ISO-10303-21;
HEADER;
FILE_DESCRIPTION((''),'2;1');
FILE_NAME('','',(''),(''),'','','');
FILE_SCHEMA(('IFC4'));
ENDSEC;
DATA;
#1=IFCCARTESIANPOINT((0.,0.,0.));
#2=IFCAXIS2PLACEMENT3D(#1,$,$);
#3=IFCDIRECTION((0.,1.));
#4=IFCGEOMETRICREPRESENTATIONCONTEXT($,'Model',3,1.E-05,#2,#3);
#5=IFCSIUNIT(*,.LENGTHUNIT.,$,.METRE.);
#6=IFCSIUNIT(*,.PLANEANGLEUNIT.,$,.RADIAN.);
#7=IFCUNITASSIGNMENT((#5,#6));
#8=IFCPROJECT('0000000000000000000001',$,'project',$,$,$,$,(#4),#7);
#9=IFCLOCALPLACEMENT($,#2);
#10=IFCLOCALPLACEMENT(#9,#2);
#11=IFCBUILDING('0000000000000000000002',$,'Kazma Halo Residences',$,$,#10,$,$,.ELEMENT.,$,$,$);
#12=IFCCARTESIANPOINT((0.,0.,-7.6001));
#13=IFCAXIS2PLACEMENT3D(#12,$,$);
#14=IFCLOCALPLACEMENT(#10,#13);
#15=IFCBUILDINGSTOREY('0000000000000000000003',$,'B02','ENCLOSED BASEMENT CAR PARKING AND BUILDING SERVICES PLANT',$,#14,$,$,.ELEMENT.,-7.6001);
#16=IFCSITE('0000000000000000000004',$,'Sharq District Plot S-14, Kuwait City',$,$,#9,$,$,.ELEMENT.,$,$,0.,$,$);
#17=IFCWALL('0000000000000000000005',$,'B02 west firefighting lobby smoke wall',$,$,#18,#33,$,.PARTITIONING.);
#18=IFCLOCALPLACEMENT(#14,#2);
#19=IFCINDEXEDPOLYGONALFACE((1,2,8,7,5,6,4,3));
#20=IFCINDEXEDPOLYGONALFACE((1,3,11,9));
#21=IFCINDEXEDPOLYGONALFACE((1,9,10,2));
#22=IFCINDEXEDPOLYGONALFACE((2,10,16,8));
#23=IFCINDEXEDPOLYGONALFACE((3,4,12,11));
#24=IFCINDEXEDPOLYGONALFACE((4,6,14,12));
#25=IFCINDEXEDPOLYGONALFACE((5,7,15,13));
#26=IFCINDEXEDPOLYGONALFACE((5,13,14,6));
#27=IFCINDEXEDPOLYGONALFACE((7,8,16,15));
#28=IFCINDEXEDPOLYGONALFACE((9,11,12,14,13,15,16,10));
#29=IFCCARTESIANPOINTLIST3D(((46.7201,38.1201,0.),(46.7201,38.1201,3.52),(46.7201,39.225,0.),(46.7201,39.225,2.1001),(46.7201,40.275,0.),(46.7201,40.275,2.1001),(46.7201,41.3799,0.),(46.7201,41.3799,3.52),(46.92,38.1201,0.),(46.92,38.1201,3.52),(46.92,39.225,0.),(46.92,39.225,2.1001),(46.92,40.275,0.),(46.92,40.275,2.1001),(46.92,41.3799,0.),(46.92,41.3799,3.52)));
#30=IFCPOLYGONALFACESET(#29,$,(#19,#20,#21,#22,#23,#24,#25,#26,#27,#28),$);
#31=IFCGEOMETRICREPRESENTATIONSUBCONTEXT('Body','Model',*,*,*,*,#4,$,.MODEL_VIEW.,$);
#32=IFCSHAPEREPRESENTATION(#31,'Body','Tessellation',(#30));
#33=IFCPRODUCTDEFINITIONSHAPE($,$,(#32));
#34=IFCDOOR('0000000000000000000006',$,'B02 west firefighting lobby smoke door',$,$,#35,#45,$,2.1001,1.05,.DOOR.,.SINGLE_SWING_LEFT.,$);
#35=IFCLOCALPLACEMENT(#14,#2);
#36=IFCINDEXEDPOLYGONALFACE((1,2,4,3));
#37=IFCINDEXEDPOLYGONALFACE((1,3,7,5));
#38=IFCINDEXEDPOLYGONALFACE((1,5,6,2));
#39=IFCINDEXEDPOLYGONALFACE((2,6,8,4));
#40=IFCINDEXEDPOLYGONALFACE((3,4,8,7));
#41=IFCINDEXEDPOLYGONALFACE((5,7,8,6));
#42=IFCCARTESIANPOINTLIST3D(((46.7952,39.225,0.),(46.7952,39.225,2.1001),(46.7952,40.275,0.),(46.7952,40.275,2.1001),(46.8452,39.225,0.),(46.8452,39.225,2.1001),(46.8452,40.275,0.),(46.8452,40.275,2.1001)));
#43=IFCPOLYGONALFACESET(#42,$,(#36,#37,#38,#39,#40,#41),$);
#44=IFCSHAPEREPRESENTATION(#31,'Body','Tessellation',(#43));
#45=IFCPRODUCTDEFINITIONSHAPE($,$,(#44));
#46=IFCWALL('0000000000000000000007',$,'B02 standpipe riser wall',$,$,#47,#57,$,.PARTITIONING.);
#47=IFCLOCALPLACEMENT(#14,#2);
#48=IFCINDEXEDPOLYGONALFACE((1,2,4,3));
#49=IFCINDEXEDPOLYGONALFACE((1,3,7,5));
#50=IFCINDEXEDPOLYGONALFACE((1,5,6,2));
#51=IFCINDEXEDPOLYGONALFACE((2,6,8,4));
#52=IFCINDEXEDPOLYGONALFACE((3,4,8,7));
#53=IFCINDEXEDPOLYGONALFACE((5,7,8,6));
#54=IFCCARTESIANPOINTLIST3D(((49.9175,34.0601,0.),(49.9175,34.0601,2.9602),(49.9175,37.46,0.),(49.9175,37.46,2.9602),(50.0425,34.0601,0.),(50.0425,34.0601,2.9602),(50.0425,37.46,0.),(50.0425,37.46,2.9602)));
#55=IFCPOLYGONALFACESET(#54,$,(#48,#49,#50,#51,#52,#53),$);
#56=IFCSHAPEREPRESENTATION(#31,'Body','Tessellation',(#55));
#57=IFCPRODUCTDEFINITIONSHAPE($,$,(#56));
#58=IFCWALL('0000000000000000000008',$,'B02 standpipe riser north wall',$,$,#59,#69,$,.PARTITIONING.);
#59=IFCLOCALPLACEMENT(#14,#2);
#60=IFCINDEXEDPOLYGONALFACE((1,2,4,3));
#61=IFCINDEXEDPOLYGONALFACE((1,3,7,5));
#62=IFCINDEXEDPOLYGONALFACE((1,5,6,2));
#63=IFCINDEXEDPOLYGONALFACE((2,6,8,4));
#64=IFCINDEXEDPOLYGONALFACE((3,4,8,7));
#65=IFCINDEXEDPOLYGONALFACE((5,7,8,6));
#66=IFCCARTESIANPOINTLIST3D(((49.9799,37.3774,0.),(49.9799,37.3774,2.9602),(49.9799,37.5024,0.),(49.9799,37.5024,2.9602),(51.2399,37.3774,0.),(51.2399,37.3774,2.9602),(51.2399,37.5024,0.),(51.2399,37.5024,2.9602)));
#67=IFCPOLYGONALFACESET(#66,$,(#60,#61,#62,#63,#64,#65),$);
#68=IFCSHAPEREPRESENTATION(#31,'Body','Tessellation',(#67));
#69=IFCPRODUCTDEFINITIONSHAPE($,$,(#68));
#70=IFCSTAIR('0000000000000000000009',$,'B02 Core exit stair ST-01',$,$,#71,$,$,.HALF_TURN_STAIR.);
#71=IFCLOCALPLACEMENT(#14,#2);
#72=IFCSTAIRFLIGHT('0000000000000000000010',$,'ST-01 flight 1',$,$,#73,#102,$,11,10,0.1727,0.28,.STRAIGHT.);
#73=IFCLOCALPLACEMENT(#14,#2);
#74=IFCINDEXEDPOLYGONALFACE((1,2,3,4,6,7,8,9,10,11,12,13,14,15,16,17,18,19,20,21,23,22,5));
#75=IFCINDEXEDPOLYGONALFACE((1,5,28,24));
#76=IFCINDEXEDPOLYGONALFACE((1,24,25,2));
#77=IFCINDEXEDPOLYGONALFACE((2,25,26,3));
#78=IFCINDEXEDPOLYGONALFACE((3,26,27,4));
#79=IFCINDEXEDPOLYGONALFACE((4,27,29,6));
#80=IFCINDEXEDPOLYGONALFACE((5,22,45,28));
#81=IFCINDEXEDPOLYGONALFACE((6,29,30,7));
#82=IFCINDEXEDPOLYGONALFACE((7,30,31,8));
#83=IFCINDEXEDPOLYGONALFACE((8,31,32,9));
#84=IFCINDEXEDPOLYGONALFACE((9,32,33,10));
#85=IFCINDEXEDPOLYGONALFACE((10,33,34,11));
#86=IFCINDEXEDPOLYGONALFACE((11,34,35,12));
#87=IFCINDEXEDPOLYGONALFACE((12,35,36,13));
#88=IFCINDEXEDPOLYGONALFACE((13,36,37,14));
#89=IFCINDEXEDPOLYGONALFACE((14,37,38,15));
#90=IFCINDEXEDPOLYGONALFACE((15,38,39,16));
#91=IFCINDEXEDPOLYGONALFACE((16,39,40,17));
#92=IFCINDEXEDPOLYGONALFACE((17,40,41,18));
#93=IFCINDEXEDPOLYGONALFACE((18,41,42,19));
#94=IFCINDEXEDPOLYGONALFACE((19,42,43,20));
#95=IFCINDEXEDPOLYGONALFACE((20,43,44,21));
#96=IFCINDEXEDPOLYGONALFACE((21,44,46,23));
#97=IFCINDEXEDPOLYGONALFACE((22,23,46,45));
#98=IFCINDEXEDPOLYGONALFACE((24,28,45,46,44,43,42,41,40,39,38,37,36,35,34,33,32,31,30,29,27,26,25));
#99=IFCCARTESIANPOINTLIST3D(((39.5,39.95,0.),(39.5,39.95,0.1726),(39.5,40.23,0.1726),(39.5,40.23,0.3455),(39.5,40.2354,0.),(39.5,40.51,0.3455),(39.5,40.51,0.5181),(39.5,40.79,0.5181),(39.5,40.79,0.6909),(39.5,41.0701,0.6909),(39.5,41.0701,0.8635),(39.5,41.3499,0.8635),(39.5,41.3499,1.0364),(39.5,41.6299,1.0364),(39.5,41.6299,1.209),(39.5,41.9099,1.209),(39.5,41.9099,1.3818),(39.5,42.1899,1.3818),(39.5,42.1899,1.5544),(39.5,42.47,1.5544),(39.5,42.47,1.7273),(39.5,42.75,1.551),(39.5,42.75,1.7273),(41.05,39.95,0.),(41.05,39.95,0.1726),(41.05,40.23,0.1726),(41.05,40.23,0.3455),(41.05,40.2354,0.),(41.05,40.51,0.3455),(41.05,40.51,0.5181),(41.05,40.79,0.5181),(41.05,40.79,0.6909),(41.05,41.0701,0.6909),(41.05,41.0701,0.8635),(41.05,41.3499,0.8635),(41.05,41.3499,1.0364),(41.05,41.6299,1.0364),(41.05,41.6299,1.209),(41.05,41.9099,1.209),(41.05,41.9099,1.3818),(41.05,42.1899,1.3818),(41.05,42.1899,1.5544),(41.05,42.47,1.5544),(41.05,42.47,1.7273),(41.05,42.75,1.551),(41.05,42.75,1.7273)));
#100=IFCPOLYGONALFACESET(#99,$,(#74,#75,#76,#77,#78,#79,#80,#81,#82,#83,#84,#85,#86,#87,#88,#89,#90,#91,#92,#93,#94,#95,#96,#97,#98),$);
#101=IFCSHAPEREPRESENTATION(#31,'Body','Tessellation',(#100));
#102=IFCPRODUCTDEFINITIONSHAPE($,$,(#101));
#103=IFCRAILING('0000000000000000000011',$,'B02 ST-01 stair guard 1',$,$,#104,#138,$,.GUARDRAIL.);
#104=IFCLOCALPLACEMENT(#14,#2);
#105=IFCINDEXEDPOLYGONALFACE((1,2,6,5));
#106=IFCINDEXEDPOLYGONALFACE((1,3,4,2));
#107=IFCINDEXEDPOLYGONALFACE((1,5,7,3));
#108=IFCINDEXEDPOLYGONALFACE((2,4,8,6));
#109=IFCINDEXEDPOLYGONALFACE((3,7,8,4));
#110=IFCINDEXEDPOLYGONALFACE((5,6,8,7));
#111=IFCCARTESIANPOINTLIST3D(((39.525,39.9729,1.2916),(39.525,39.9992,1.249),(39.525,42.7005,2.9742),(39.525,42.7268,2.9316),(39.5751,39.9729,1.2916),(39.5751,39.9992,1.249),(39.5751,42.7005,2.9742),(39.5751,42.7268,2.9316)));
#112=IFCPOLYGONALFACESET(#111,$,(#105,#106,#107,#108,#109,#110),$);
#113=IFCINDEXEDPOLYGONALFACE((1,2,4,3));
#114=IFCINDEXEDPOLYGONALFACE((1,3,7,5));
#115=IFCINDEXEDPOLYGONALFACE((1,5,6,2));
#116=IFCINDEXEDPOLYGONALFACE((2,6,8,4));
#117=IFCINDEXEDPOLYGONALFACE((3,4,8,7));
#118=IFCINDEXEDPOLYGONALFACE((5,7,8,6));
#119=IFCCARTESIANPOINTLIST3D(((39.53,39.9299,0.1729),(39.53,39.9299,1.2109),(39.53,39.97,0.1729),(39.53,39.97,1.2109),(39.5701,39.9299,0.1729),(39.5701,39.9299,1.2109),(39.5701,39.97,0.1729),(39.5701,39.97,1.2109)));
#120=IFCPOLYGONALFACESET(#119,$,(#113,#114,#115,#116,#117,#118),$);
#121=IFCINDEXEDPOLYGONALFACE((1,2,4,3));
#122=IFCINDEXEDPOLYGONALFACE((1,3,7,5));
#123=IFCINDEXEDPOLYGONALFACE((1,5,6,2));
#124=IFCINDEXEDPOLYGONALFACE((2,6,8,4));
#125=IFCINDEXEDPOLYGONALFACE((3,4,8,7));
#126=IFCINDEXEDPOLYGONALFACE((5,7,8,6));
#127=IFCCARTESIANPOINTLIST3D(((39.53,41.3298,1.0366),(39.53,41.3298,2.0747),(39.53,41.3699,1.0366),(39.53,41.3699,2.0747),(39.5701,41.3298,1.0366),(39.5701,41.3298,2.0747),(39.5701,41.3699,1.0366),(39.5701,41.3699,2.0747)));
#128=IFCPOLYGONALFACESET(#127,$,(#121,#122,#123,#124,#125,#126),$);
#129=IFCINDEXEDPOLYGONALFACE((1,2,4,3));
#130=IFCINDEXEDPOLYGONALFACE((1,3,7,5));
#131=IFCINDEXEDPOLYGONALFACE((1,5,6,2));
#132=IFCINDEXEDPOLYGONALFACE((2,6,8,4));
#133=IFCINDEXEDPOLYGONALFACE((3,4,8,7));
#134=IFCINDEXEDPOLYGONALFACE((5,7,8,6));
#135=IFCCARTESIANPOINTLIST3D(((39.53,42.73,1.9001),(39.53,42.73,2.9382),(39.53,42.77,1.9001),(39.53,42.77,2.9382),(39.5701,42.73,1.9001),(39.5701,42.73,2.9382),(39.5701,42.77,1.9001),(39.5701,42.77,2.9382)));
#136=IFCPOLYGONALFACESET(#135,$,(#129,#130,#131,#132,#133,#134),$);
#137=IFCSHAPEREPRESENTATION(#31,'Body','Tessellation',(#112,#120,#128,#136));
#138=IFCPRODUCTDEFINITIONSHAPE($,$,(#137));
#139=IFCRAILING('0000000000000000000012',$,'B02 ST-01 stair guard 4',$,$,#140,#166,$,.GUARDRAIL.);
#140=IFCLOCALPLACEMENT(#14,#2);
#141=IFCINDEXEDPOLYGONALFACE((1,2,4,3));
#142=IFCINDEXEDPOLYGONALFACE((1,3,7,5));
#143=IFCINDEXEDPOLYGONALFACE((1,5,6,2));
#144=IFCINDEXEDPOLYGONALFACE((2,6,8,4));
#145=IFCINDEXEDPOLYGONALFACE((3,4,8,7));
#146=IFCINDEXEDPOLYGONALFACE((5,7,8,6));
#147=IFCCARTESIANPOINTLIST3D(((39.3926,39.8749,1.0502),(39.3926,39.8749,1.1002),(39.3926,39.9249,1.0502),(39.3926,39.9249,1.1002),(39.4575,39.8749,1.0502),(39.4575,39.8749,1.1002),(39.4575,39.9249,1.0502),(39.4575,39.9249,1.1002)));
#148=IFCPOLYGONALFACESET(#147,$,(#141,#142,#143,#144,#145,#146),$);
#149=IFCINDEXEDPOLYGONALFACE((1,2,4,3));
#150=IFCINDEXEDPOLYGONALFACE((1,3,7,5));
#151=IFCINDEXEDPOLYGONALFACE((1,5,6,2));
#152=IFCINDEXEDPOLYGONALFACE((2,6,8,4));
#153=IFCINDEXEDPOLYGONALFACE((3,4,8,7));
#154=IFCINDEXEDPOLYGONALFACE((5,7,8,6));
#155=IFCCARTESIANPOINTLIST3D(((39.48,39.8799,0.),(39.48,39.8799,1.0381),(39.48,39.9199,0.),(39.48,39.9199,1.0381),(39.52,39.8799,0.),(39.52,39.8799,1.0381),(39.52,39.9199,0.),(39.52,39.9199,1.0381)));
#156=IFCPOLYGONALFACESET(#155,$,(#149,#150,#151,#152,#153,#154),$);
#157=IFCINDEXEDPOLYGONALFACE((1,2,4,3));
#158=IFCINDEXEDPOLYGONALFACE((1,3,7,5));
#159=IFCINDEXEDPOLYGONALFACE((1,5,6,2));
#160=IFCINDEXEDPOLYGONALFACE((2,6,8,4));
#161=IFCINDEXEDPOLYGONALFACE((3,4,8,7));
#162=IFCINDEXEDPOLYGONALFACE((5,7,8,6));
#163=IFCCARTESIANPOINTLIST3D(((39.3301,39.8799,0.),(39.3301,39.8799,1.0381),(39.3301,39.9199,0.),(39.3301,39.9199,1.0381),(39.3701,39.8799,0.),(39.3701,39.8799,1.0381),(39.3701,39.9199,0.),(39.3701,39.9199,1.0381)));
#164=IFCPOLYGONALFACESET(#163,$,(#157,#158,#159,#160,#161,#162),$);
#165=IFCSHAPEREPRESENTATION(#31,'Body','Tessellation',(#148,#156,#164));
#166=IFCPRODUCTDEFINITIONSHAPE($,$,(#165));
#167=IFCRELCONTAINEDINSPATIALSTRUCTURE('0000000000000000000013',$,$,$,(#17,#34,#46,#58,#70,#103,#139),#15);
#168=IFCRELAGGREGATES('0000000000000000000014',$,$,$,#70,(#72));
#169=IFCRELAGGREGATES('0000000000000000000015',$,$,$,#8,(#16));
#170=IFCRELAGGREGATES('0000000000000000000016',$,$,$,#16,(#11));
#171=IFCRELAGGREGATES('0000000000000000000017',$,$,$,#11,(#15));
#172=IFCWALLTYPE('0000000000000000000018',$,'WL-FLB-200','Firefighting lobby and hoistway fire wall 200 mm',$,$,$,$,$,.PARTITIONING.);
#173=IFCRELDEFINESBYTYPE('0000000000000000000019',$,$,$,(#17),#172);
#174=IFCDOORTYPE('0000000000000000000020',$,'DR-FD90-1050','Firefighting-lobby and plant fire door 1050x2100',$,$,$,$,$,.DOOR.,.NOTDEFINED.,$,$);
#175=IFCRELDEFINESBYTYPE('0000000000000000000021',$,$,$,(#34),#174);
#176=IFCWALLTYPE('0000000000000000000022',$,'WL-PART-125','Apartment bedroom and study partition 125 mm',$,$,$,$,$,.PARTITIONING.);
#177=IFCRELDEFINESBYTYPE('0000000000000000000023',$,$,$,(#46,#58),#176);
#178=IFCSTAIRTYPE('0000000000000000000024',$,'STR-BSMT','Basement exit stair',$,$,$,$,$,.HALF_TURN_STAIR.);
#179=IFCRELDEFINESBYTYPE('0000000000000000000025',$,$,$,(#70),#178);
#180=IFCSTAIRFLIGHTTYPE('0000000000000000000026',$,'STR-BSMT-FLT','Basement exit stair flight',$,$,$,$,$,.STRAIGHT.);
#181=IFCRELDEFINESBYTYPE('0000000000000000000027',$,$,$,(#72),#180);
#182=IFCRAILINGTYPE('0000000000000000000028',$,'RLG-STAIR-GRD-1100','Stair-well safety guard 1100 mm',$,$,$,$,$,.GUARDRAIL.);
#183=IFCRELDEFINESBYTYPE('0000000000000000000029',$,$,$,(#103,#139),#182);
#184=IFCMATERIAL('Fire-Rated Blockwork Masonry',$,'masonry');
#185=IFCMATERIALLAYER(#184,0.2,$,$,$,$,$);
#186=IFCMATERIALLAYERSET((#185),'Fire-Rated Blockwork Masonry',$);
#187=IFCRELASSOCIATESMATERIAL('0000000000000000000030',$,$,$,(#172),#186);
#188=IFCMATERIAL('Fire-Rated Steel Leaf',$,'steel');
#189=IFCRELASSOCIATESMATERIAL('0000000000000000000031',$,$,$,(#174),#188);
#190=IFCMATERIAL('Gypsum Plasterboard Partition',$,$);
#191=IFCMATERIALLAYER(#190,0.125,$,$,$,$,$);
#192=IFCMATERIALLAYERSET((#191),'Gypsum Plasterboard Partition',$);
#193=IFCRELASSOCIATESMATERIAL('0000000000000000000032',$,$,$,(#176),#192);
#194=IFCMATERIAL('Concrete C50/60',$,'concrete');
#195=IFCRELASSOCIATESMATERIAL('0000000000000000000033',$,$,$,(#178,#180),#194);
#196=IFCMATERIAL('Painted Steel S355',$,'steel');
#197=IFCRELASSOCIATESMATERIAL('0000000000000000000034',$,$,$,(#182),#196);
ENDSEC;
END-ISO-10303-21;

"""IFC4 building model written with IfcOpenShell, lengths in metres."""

from ifc_helpers import new_model, si_unit, direction, frame, frame_2d, origin, origin_2d, place, context, subcontext, project, spatial, polyline, rectangle, outline, extrude, material, layer, layer_set, type_object, element, fill, aggregate, save


model = new_model("IFC4")

# Units and contexts
model_context = context("Model", 3, precision=1e-05, world=origin(), true_north=direction((0.0, 1.0)))
body_context = subcontext(model_context, "Body", "Model", "MODEL_VIEW")
ifc_project = project(units=[si_unit("LENGTHUNIT", "METRE"), si_unit("PLANEANGLEUNIT", "RADIAN")], contexts=[model_context])

# Site, building, storey
site_placement = place(None, origin())
site = spatial("IfcSite", under=ifc_project, at=site_placement, Name="Sharq District Plot S-14, Kuwait City", CompositionType="ELEMENT", RefElevation=0.0)
building_placement = place(site_placement, origin())
building = spatial("IfcBuilding", under=site, at=building_placement, Name="Kazma Halo Residences", CompositionType="ELEMENT")
storey_placement = place(building_placement, frame((0.0, 0.0, -7.6001)))
storey = spatial("IfcBuildingStorey", under=building, at=storey_placement, Name="B02", Description="ENCLOSED BASEMENT CAR PARKING AND BUILDING SERVICES PLANT", CompositionType="ELEMENT", Elevation=-7.6001)

# Shared definitions
ifc_material_1 = material(Name="Fire-Rated Blockwork Masonry", Category="masonry")
ifc_layer_1 = layer(ifc_material_1, 0.2)
ifc_layer_set_1 = layer_set([ifc_layer_1], Name="Fire-Rated Blockwork Masonry")
wall_type_1 = type_object("IfcWallType", Name="WL-FLB-200", Description="Firefighting lobby and hoistway fire wall 200 mm", PredefinedType="PARTITIONING", material=ifc_layer_set_1)

# Wall, opening, door
wall_1_placement = place(storey_placement, frame((46.8201, 38.1201, 0.0), z_axis=(0.0, 0.0, 1.0), x_axis=(0.0, 1.0, 0.0)))
wall_1 = element("IfcWall", 1, at=wall_1_placement, inside=storey, type_object=wall_type_1, Name="B02 west firefighting lobby smoke wall", PredefinedType="PARTITIONING", context=body_context, shape_type="SweptSolid", body=[
    extrude(rectangle(XDim=3.2598, YDim=0.2, at=frame_2d((1.6299, 0.0))), origin(), (0.0, 0.0, 1.0), 3.52),
])
opening_1_placement = place(wall_1_placement, frame((1.105, 0.0, 0.0)))
opening_1 = element("IfcOpeningElement", 2, at=opening_1_placement, cuts=wall_1, PredefinedType="OPENING", context=body_context, shape_type="SweptSolid", body=[
    extrude(rectangle(XDim=1.05, YDim=2.1001, at=frame_2d((0.5249, 1.05))), frame((0.0, 0.1099, 0.0), z_axis=(0.0, -1.0, 0.0), x_axis=(1.0, 0.0, 0.0)), (0.0, 0.0, 1.0), 0.22),
])
ifc_material_2 = material(Name="Fire-Rated Steel Leaf", Category="steel")
door_type_1 = type_object("IfcDoorType", Name="DR-FD90-1050", Description="Firefighting-lobby and plant fire door 1050x2100", OperationType="NOTDEFINED", PredefinedType="DOOR", material=ifc_material_2)
door_1_placement = place(opening_1_placement, origin())
door_1 = element("IfcDoor", 3, at=door_1_placement, inside=storey, type_object=door_type_1, Name="B02 west firefighting lobby smoke door", OperationType="SINGLE_SWING_LEFT", OverallHeight=2.1001, OverallWidth=1.05, PredefinedType="DOOR", context=body_context, shape_type="SweptSolid", body=[
    extrude(rectangle(XDim=1.05, YDim=2.1001, at=frame_2d((0.5249, 1.05))), frame((0.0, 0.0249, 0.0), z_axis=(0.0, -1.0, 0.0), x_axis=(1.0, 0.0, 0.0)), (0.0, 0.0, 1.0), 0.05),
])
fill(opening_1, door_1)

# Walls
ifc_material_3 = material(Name="Gypsum Plasterboard Partition")
ifc_layer_2 = layer(ifc_material_3, 0.125)
ifc_layer_set_2 = layer_set([ifc_layer_2], Name="Gypsum Plasterboard Partition")
wall_type_2 = type_object("IfcWallType", Name="WL-PART-125", Description="Apartment bedroom and study partition 125 mm", PredefinedType="PARTITIONING", material=ifc_layer_set_2)
wall_2_placement = place(storey_placement, frame((49.98, 34.0601, 0.0), z_axis=(0.0, 0.0, 1.0), x_axis=(0.0, 1.0, 0.0)))
element("IfcWall", 4, at=wall_2_placement, inside=storey, type_object=wall_type_2, Name="B02 standpipe riser wall", PredefinedType="PARTITIONING", context=body_context, shape_type="SweptSolid", body=[
    extrude(rectangle(XDim=3.3999, YDim=0.125, at=frame_2d((1.7, 0.0))), origin(), (0.0, 0.0, 1.0), 2.9602),
])
wall_3_placement = place(storey_placement, frame((49.98, 37.4399, 0.0), z_axis=(0.0, 0.0, 1.0), x_axis=(1.0, 0.0, 0.0)))
element("IfcWall", 5, at=wall_3_placement, inside=storey, type_object=wall_type_2, Name="B02 standpipe riser north wall", PredefinedType="PARTITIONING", context=body_context, shape_type="SweptSolid", body=[
    extrude(rectangle(XDim=1.26, YDim=0.125, at=frame_2d((0.6299, 0.0))), origin(), (0.0, 0.0, 1.0), 2.9602),
])

# Shared definitions
ifc_material_4 = material(Name="Concrete C50/60", Category="concrete")

# Stair, stair flight
stair_type = type_object("IfcStairType", Name="STR-BSMT", Description="Basement exit stair", PredefinedType="HALF_TURN_STAIR", material=ifc_material_4)
stair_placement = place(storey_placement, origin())
stair = element("IfcStair", 6, at=stair_placement, inside=storey, type_object=stair_type, Name="B02 Core exit stair ST-01", PredefinedType="HALF_TURN_STAIR")
stair_flight_type = type_object("IfcStairFlightType", Name="STR-BSMT-FLT", Description="Basement exit stair flight", PredefinedType="STRAIGHT", material=ifc_material_4)
stair_flight_placement = place(storey_placement, frame((40.2749, 39.95, 0.0), z_axis=(0.0, 0.0, 1.0), x_axis=(0.0, 1.0, 0.0)))
stair_flight = element("IfcStairFlight", 7, at=stair_flight_placement, type_object=stair_flight_type, Name="ST-01 flight 1", NumberOfRisers=11, NumberOfTreads=10, PredefinedType="STRAIGHT", RiserHeight=0.1727, TreadLength=0.28, context=body_context, shape_type="SweptSolid", body=[
    extrude(outline(polyline([(0.0, 0.0), (0.0, 0.1726), (0.28, 0.1726), (0.28, 0.3455), (0.5601, 0.3455), (0.5601, 0.5181), (0.8401, 0.5181), (0.8401, 0.6909), (1.1201, 0.6909), (1.1201, 0.8635), (1.3999, 0.8635), (1.3999, 1.0364), (1.6799, 1.0364), (1.6799, 1.209), (1.96, 1.209), (1.96, 1.3818), (2.24, 1.3818), (2.24, 1.5544), (2.52, 1.5544), (2.52, 1.7273), (2.8, 1.7273), (2.8, 1.8999), (2.8, 1.551), (0.2854, 0.0), (0.0, 0.0)])), frame((0.0, 0.7749, 0.0), z_axis=(0.0, -1.0, 0.0), x_axis=(1.0, 0.0, 0.0)), (0.0, 0.0, 1.0), 1.55),
])
aggregate(stair, [stair_flight])

# Railings
ifc_material_5 = material(Name="Painted Steel S355", Category="steel")
railing_type_1 = type_object("IfcRailingType", Name="RLG-STAIR-GRD-1100", Description="Stair-well safety guard 1100 mm", PredefinedType="GUARDRAIL", material=ifc_material_5)
railing_1_placement = place(storey_placement, frame((39.55, 39.95, 0.1729)))
element("IfcRailing", 8, at=railing_1_placement, inside=storey, type_object=railing_type_1, Name="B02 ST-01 stair guard 1", PredefinedType="GUARDRAIL", context=body_context, shape_type="SweptSolid", body=[
    extrude(rectangle(XDim=0.05, YDim=0.05, at=origin_2d()), frame((0.0, 0.0361, 1.0974), z_axis=(0.0, 0.85109, 0.52502), x_axis=(-1.0, 0.0, 0.0)), (0.0, 0.0, 1.0), 3.2048),
    extrude(rectangle(XDim=0.04, YDim=0.04, at=origin_2d()), origin(), (0.0, 0.0, 1.0), 1.0381),
    extrude(rectangle(XDim=0.04, YDim=0.04, at=origin_2d()), frame((0.0, 1.3999, 0.8638)), (0.0, 0.0, 1.0), 1.0381),
    extrude(rectangle(XDim=0.04, YDim=0.04, at=origin_2d()), frame((0.0, 2.8, 1.7273)), (0.0, 0.0, 1.0), 1.0381),
])
railing_2_placement = place(storey_placement, frame((39.5, 39.8999, 0.0)))
element("IfcRailing", 9, at=railing_2_placement, inside=storey, type_object=railing_type_1, Name="B02 ST-01 stair guard 4", PredefinedType="GUARDRAIL", context=body_context, shape_type="SweptSolid", body=[
    extrude(rectangle(XDim=0.05, YDim=0.05, at=origin_2d()), frame((-0.0425, 0.0, 1.0752), z_axis=(-1.0, 0.0, 0.0), x_axis=(0.0, -1.0, 0.0)), (0.0, 0.0, 1.0), 0.0649),
    extrude(rectangle(XDim=0.04, YDim=0.04, at=origin_2d()), origin(), (0.0, 0.0, 1.0), 1.0381),
    extrude(rectangle(XDim=0.04, YDim=0.04, at=origin_2d()), frame((-0.1499, 0.0, 0.0)), (0.0, 0.0, 1.0), 1.0381),
])

save(model, "model.ifc")
